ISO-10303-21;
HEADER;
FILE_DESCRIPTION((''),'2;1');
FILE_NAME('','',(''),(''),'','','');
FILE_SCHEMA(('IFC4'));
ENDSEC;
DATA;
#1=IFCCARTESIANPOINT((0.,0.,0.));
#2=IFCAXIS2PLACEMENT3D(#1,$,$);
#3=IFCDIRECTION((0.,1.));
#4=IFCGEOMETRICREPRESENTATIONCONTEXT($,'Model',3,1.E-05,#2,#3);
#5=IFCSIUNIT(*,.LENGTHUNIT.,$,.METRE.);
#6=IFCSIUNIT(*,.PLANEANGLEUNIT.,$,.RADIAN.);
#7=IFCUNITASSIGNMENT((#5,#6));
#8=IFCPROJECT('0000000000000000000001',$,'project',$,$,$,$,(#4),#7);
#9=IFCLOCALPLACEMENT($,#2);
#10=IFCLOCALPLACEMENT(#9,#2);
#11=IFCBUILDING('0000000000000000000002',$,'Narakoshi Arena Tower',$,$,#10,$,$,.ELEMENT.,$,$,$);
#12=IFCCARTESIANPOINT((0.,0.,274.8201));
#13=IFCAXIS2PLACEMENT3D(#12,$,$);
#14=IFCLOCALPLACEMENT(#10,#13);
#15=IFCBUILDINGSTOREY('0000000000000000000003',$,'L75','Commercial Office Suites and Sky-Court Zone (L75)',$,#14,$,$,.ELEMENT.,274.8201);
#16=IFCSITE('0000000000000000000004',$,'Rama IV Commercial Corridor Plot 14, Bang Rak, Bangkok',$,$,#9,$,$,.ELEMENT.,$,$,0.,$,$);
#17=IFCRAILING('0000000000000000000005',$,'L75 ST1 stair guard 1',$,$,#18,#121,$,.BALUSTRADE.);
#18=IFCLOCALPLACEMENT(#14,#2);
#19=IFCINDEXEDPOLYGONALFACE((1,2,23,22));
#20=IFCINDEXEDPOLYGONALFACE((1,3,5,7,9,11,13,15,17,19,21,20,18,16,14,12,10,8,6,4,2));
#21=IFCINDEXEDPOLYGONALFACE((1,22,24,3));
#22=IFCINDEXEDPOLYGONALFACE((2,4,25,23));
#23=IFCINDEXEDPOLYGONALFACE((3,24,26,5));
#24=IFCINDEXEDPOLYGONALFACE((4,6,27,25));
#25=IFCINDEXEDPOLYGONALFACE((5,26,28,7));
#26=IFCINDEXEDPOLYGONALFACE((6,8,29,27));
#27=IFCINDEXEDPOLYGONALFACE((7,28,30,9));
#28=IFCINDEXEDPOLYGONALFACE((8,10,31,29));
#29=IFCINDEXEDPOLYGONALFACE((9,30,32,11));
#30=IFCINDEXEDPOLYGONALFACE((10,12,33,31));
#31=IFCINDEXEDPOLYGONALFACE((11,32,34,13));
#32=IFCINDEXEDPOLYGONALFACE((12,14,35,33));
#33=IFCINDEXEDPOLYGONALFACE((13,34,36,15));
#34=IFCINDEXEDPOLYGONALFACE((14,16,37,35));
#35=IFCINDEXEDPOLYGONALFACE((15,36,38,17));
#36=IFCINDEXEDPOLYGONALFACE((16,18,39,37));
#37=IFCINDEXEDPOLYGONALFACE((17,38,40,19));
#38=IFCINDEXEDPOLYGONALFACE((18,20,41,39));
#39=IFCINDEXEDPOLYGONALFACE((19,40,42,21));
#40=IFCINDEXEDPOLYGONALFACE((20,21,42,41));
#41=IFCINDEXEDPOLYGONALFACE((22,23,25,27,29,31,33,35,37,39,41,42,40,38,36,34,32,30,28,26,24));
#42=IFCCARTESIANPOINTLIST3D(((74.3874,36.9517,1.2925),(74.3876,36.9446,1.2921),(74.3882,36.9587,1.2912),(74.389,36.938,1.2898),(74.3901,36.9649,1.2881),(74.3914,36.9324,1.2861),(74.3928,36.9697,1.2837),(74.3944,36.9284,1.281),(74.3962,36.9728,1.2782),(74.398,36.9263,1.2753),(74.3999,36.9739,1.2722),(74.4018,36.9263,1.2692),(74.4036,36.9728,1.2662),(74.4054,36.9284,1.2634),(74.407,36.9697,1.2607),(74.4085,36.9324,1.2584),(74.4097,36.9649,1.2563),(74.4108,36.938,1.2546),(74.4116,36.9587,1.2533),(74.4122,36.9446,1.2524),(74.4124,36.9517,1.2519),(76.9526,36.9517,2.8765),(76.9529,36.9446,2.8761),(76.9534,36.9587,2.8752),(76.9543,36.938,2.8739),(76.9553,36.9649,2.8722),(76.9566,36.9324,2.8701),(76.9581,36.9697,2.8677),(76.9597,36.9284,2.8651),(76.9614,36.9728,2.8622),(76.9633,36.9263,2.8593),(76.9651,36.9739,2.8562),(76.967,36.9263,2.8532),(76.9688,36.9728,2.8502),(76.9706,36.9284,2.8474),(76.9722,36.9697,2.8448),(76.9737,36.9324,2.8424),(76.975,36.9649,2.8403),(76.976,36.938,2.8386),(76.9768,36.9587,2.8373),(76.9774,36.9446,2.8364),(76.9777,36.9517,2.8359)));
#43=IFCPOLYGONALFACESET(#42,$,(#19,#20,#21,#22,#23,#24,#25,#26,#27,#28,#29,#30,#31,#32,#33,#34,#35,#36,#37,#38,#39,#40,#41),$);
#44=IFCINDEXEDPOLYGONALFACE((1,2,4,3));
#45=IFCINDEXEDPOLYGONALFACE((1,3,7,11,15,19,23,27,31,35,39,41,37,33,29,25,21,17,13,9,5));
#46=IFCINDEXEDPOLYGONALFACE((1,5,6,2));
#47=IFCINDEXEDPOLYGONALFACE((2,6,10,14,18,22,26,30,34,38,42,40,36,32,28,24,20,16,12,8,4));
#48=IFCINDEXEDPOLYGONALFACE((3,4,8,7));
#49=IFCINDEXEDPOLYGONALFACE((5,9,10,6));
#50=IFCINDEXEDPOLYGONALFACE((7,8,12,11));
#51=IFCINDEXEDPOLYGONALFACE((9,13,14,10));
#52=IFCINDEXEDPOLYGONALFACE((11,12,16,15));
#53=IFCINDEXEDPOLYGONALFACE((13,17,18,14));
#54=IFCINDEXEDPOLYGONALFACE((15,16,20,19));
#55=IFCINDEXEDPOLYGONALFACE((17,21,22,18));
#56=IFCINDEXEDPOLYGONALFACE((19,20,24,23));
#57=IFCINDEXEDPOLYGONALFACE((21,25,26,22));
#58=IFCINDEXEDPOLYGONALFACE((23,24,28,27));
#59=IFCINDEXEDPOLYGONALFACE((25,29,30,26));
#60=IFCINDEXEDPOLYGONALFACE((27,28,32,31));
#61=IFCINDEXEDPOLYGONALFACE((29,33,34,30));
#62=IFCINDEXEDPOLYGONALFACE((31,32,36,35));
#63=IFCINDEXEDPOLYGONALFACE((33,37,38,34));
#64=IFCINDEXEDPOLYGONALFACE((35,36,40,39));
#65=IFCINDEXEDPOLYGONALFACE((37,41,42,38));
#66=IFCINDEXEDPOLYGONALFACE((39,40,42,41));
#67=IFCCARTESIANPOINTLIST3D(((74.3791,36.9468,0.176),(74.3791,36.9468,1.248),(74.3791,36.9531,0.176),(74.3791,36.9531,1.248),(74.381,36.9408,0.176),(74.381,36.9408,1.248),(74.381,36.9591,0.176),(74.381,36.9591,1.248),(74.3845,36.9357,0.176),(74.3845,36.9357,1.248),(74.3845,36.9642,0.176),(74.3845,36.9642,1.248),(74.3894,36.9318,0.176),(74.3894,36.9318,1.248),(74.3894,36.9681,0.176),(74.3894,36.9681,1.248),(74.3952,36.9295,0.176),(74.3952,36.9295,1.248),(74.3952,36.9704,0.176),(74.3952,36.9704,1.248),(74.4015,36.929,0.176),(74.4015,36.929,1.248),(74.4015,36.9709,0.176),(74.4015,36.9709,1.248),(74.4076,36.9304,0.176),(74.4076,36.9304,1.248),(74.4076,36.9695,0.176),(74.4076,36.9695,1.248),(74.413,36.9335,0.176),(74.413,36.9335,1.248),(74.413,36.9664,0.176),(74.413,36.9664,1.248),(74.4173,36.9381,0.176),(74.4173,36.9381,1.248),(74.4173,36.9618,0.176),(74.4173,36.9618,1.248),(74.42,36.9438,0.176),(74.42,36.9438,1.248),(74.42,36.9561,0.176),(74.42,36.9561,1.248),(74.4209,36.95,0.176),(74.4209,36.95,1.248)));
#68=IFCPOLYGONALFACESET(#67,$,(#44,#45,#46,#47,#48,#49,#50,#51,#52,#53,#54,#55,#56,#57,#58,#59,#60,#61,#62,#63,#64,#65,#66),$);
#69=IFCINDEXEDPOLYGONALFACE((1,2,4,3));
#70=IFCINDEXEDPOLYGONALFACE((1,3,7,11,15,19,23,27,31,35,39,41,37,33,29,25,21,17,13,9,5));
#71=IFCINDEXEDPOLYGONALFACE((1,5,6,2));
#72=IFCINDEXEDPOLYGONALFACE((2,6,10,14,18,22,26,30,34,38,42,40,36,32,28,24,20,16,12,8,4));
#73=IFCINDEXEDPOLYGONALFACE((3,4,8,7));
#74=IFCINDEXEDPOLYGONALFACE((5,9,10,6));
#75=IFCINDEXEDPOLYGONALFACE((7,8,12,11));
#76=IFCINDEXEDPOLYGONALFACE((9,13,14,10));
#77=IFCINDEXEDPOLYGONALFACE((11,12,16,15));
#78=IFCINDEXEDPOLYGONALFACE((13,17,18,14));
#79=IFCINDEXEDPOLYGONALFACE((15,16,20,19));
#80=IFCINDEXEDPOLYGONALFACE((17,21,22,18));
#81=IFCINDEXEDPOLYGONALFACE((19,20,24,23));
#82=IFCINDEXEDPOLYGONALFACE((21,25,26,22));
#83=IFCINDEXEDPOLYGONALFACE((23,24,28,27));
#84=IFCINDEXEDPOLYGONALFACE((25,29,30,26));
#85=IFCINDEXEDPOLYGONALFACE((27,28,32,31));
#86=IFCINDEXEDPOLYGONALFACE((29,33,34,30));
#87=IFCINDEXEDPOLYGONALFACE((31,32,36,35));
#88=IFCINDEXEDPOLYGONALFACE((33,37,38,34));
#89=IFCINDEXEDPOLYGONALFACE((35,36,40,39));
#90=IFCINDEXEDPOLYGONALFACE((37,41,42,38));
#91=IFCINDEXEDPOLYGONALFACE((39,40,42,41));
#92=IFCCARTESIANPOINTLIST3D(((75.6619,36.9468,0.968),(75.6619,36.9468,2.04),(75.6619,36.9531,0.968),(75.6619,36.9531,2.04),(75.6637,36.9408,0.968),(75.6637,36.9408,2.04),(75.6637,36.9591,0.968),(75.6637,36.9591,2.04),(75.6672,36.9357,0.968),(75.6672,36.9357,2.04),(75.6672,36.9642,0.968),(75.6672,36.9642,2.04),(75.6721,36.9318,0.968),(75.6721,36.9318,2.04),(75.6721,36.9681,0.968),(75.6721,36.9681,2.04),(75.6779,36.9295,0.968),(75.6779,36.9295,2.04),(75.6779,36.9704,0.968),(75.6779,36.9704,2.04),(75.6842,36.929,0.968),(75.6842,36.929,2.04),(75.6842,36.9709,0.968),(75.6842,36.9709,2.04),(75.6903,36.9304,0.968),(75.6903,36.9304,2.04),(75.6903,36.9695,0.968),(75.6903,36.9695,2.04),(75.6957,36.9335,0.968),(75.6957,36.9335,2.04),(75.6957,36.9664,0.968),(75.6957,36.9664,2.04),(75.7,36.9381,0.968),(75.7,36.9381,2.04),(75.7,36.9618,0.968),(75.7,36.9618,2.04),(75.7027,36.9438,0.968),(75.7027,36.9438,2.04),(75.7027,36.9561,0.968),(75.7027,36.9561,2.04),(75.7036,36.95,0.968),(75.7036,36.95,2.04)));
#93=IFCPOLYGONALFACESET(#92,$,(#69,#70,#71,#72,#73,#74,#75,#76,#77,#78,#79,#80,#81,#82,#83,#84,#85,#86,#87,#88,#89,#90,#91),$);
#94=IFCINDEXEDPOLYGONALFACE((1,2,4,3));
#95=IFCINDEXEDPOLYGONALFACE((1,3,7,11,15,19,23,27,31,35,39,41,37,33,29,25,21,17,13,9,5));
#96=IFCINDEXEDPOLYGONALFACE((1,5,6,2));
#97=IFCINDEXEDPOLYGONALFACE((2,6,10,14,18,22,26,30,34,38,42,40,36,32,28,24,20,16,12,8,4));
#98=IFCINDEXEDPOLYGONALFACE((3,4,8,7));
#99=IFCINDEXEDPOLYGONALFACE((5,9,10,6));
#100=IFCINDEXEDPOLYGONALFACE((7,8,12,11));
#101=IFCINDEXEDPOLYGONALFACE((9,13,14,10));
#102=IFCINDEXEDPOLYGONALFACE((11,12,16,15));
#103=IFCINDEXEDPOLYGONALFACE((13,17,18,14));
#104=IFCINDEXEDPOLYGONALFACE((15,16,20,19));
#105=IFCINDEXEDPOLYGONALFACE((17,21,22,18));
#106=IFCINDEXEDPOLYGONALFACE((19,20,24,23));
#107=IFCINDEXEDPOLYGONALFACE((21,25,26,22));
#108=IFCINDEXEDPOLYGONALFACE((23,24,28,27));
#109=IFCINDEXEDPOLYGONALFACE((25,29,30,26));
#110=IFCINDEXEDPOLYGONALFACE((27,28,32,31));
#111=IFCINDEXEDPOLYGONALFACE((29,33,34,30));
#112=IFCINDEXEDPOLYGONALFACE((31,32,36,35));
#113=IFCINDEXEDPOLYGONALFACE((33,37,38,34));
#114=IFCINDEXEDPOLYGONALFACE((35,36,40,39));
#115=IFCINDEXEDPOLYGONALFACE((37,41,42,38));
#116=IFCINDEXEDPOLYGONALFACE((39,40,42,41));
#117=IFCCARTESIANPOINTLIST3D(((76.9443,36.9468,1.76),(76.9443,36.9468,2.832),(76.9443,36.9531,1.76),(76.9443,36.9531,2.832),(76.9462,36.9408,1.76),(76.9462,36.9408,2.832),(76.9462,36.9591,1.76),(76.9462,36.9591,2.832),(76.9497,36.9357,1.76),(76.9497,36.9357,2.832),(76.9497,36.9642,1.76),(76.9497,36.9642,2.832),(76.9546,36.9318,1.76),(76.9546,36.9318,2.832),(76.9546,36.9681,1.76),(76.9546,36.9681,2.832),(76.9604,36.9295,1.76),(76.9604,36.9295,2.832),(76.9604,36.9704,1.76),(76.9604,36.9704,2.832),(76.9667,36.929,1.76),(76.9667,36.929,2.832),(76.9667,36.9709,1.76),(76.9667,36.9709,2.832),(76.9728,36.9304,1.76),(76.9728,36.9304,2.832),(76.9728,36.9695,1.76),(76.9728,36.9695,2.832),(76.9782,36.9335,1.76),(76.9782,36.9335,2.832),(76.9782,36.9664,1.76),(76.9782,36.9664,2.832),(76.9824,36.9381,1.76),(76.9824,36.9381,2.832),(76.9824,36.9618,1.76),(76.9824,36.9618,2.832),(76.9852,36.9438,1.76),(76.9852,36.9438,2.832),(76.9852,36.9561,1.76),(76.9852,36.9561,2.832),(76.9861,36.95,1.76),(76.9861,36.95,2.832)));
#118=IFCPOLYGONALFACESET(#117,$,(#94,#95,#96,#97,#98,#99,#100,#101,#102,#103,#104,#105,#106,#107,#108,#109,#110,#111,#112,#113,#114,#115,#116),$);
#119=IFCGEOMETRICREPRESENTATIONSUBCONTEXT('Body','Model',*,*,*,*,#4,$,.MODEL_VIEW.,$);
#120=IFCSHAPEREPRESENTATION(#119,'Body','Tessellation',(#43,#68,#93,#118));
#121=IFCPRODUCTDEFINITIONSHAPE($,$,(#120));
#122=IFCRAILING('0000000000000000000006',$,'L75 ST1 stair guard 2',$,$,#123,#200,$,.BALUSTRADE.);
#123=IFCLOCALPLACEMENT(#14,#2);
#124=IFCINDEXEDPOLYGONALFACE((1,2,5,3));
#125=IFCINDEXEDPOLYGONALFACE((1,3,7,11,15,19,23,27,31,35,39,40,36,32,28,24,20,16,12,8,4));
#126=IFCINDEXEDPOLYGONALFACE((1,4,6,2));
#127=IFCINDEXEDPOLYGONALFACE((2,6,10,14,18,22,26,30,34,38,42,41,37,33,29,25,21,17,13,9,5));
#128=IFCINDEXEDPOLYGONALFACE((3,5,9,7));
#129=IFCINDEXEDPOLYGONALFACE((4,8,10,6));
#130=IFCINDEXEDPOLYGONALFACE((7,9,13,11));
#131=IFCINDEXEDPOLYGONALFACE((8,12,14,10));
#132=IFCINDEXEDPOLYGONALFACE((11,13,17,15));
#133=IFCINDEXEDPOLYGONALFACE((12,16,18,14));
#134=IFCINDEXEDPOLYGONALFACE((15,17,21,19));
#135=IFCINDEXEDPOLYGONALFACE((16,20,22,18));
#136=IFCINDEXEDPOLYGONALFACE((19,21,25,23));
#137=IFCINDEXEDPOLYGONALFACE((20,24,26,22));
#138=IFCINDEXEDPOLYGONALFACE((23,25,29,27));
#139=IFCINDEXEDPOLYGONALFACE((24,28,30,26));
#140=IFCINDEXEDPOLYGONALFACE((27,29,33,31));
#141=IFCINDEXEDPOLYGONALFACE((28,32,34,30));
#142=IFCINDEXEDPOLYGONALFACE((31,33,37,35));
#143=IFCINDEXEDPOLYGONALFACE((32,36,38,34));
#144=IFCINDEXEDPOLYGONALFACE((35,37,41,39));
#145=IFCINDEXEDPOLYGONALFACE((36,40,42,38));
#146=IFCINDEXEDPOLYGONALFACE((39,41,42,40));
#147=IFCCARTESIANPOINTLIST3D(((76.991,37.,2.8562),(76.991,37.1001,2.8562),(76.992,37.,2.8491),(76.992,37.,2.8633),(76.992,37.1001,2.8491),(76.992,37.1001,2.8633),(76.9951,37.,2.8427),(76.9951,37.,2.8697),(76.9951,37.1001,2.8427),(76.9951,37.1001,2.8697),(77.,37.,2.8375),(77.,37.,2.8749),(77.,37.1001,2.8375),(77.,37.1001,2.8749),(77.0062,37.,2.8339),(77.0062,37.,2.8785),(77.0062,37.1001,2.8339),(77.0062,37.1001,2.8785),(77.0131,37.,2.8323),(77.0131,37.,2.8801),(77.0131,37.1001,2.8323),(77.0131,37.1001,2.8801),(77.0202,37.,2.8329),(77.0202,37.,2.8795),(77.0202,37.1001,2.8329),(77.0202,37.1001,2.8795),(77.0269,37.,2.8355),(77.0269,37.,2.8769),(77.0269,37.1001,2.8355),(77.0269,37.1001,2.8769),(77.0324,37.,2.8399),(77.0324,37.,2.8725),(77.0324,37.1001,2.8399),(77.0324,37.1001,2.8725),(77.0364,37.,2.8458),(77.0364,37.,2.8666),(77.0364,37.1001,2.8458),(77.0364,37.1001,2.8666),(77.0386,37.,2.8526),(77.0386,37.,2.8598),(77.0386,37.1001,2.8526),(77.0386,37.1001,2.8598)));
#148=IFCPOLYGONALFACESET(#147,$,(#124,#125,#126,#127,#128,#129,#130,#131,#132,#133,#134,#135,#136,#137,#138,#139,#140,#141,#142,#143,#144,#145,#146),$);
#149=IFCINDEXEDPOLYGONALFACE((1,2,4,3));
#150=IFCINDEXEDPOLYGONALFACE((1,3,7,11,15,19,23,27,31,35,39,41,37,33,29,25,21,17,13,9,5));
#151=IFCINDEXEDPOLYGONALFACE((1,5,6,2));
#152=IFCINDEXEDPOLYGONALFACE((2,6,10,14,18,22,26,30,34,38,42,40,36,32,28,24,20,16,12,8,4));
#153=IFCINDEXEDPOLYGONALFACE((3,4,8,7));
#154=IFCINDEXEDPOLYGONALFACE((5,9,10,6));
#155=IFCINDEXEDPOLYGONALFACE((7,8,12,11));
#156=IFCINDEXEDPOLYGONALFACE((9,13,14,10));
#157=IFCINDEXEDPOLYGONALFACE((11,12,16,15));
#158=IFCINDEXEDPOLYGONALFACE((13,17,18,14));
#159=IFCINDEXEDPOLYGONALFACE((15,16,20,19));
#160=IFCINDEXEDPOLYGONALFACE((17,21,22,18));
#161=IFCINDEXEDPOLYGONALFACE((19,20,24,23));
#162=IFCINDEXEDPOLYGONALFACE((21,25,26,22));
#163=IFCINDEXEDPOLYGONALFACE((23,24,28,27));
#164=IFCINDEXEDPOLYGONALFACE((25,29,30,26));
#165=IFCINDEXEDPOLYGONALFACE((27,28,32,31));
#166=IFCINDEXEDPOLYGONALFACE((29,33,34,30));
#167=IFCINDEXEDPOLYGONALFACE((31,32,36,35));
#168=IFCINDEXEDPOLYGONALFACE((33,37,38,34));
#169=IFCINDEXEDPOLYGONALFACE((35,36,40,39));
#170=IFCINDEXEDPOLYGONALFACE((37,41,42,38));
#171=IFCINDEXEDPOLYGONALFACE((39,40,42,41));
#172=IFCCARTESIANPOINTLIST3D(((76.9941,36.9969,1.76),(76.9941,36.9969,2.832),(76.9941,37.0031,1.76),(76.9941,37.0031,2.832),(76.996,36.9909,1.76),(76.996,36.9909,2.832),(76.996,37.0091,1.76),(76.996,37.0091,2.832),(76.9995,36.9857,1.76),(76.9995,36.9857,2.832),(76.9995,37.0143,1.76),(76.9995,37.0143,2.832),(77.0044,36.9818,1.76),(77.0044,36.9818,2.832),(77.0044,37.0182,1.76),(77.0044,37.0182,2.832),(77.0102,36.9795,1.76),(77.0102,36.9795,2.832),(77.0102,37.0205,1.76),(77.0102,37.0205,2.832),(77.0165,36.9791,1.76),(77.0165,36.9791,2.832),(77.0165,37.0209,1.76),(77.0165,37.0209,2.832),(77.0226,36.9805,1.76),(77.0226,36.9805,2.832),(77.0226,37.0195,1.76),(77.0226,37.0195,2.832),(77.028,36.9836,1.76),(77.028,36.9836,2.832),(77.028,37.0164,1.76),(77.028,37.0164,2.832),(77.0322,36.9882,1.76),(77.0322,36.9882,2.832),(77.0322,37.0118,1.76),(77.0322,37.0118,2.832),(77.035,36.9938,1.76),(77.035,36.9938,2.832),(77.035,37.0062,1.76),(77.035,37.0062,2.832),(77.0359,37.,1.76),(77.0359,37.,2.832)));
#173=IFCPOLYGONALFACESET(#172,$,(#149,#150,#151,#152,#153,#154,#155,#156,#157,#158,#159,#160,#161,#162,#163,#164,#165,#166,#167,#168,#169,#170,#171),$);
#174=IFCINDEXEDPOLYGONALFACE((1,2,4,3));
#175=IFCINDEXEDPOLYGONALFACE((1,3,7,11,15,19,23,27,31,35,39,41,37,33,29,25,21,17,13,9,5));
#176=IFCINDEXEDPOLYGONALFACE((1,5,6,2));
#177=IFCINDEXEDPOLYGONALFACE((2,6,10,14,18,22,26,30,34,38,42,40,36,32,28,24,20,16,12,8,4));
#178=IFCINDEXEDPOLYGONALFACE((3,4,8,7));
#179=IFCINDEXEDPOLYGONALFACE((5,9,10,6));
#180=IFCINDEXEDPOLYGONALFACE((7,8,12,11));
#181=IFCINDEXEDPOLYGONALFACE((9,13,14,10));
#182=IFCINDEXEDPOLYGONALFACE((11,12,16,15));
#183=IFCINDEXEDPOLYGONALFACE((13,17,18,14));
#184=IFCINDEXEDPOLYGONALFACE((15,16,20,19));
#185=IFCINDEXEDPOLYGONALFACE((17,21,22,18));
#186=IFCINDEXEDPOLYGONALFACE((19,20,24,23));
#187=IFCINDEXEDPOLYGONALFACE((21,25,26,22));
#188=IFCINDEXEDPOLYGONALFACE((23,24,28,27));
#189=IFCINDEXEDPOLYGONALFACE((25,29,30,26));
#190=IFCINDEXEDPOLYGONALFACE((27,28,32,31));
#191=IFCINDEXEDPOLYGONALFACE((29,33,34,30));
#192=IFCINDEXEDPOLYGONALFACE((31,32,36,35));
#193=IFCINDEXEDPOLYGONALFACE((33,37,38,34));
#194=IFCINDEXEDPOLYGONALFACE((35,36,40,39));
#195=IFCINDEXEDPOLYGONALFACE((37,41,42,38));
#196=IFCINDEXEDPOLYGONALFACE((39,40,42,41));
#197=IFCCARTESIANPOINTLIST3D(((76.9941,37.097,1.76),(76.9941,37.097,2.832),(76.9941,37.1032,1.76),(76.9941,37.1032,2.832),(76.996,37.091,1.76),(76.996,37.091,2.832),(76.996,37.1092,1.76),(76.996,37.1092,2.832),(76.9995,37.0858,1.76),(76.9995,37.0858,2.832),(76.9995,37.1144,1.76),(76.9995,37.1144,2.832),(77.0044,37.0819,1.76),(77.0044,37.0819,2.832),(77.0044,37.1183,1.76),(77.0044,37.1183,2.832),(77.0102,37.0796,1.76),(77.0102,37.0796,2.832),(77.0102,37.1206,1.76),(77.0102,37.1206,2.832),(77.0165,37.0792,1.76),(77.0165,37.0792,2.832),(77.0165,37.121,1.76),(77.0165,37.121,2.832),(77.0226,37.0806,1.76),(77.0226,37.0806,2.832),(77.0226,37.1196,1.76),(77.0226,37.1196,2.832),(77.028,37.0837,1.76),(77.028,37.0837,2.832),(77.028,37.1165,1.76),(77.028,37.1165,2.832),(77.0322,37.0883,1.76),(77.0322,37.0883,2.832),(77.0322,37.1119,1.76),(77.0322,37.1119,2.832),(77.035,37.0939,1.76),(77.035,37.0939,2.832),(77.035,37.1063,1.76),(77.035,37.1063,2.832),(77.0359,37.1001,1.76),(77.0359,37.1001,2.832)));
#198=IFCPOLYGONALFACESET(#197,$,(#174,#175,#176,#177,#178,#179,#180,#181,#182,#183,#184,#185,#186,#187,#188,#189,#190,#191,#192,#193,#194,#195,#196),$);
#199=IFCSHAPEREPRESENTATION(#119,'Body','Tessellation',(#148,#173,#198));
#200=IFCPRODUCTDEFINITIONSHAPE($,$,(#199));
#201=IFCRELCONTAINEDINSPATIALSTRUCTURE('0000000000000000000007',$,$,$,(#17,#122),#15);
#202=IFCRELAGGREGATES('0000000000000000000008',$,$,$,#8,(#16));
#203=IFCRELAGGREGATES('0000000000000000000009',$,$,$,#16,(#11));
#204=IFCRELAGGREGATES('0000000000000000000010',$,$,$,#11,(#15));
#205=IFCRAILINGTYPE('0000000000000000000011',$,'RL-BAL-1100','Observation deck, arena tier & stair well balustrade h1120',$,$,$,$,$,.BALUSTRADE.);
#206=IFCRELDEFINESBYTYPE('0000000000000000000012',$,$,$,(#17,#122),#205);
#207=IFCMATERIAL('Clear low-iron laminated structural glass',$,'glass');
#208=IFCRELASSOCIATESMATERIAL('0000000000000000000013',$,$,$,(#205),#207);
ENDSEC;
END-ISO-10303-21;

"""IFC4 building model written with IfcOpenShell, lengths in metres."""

from ifc_helpers import new_model, si_unit, direction, frame, origin, origin_2d, place, context, subcontext, project, spatial, circle, extrude, material, type_object, element, save


model = new_model("IFC4")

# Units and contexts
model_context = context("Model", 3, precision=1e-05, world=origin(), true_north=direction((0.0, 1.0)))
body_context = subcontext(model_context, "Body", "Model", "MODEL_VIEW")
ifc_project = project(units=[si_unit("LENGTHUNIT", "METRE"), si_unit("PLANEANGLEUNIT", "RADIAN")], contexts=[model_context])

# Site, building, storey
site_placement = place(None, origin())
site = spatial("IfcSite", under=ifc_project, at=site_placement, Name="Rama IV Commercial Corridor Plot 14, Bang Rak, Bangkok", CompositionType="ELEMENT", RefElevation=0.0)
building_placement = place(site_placement, origin())
building = spatial("IfcBuilding", under=site, at=building_placement, Name="Narakoshi Arena Tower", CompositionType="ELEMENT")
storey_placement = place(building_placement, frame((0.0, 0.0, 274.8201)))
storey = spatial("IfcBuildingStorey", under=building, at=storey_placement, Name="L75", Description="Commercial Office Suites and Sky-Court Zone (L75)", CompositionType="ELEMENT", Elevation=274.8201)

# Railings
ifc_material_1 = material(Name="Clear low-iron laminated structural glass", Category="glass")
railing_type_1 = type_object("IfcRailingType", Name="RL-BAL-1100", Description="Observation deck, arena tier & stair well balustrade h1120", PredefinedType="BALUSTRADE", material=ifc_material_1)
railing_1_placement = place(storey_placement, frame((74.3999, 36.95, 0.176)))
element("IfcRailing", 1, at=railing_1_placement, inside=storey, type_object=railing_type_1, Name="L75 ST1 stair guard 1", PredefinedType="BALUSTRADE", context=body_context, shape_type="SweptSolid", body=[
    extrude(circle(Radius=0.0239, at=origin_2d()), frame((0.0, 0.0, 1.0962), z_axis=(0.850857, 0.0, 0.525398), x_axis=(0.0, 1.0, 0.0)), (0.0, 0.0, 1.0), 3.0149),
    extrude(circle(Radius=0.021, at=origin_2d()), origin(), (0.0, 0.0, 1.0), 1.072),
    extrude(circle(Radius=0.021, at=origin_2d()), frame((1.2827, 0.0, 0.792)), (0.0, 0.0, 1.0), 1.072),
    extrude(circle(Radius=0.021, at=origin_2d()), frame((2.5652, 0.0, 1.584)), (0.0, 0.0, 1.0), 1.072),
])
railing_2_placement = place(storey_placement, frame((77.0149, 37.0, 1.76)))
element("IfcRailing", 2, at=railing_2_placement, inside=storey, type_object=railing_type_1, Name="L75 ST1 stair guard 2", PredefinedType="BALUSTRADE", context=body_context, shape_type="SweptSolid", body=[
    extrude(circle(Radius=0.0239, at=origin_2d()), frame((0.0, 0.0, 1.0962), z_axis=(0.0, 1.0, 0.0), x_axis=(-1.0, 0.0, 0.0)), (0.0, 0.0, 1.0), 0.1001),
    extrude(circle(Radius=0.021, at=origin_2d()), origin(), (0.0, 0.0, 1.0), 1.072),
    extrude(circle(Radius=0.021, at=origin_2d()), frame((0.0, 0.1001, 0.0)), (0.0, 0.0, 1.0), 1.072),
])

save(model, "model.ifc")
